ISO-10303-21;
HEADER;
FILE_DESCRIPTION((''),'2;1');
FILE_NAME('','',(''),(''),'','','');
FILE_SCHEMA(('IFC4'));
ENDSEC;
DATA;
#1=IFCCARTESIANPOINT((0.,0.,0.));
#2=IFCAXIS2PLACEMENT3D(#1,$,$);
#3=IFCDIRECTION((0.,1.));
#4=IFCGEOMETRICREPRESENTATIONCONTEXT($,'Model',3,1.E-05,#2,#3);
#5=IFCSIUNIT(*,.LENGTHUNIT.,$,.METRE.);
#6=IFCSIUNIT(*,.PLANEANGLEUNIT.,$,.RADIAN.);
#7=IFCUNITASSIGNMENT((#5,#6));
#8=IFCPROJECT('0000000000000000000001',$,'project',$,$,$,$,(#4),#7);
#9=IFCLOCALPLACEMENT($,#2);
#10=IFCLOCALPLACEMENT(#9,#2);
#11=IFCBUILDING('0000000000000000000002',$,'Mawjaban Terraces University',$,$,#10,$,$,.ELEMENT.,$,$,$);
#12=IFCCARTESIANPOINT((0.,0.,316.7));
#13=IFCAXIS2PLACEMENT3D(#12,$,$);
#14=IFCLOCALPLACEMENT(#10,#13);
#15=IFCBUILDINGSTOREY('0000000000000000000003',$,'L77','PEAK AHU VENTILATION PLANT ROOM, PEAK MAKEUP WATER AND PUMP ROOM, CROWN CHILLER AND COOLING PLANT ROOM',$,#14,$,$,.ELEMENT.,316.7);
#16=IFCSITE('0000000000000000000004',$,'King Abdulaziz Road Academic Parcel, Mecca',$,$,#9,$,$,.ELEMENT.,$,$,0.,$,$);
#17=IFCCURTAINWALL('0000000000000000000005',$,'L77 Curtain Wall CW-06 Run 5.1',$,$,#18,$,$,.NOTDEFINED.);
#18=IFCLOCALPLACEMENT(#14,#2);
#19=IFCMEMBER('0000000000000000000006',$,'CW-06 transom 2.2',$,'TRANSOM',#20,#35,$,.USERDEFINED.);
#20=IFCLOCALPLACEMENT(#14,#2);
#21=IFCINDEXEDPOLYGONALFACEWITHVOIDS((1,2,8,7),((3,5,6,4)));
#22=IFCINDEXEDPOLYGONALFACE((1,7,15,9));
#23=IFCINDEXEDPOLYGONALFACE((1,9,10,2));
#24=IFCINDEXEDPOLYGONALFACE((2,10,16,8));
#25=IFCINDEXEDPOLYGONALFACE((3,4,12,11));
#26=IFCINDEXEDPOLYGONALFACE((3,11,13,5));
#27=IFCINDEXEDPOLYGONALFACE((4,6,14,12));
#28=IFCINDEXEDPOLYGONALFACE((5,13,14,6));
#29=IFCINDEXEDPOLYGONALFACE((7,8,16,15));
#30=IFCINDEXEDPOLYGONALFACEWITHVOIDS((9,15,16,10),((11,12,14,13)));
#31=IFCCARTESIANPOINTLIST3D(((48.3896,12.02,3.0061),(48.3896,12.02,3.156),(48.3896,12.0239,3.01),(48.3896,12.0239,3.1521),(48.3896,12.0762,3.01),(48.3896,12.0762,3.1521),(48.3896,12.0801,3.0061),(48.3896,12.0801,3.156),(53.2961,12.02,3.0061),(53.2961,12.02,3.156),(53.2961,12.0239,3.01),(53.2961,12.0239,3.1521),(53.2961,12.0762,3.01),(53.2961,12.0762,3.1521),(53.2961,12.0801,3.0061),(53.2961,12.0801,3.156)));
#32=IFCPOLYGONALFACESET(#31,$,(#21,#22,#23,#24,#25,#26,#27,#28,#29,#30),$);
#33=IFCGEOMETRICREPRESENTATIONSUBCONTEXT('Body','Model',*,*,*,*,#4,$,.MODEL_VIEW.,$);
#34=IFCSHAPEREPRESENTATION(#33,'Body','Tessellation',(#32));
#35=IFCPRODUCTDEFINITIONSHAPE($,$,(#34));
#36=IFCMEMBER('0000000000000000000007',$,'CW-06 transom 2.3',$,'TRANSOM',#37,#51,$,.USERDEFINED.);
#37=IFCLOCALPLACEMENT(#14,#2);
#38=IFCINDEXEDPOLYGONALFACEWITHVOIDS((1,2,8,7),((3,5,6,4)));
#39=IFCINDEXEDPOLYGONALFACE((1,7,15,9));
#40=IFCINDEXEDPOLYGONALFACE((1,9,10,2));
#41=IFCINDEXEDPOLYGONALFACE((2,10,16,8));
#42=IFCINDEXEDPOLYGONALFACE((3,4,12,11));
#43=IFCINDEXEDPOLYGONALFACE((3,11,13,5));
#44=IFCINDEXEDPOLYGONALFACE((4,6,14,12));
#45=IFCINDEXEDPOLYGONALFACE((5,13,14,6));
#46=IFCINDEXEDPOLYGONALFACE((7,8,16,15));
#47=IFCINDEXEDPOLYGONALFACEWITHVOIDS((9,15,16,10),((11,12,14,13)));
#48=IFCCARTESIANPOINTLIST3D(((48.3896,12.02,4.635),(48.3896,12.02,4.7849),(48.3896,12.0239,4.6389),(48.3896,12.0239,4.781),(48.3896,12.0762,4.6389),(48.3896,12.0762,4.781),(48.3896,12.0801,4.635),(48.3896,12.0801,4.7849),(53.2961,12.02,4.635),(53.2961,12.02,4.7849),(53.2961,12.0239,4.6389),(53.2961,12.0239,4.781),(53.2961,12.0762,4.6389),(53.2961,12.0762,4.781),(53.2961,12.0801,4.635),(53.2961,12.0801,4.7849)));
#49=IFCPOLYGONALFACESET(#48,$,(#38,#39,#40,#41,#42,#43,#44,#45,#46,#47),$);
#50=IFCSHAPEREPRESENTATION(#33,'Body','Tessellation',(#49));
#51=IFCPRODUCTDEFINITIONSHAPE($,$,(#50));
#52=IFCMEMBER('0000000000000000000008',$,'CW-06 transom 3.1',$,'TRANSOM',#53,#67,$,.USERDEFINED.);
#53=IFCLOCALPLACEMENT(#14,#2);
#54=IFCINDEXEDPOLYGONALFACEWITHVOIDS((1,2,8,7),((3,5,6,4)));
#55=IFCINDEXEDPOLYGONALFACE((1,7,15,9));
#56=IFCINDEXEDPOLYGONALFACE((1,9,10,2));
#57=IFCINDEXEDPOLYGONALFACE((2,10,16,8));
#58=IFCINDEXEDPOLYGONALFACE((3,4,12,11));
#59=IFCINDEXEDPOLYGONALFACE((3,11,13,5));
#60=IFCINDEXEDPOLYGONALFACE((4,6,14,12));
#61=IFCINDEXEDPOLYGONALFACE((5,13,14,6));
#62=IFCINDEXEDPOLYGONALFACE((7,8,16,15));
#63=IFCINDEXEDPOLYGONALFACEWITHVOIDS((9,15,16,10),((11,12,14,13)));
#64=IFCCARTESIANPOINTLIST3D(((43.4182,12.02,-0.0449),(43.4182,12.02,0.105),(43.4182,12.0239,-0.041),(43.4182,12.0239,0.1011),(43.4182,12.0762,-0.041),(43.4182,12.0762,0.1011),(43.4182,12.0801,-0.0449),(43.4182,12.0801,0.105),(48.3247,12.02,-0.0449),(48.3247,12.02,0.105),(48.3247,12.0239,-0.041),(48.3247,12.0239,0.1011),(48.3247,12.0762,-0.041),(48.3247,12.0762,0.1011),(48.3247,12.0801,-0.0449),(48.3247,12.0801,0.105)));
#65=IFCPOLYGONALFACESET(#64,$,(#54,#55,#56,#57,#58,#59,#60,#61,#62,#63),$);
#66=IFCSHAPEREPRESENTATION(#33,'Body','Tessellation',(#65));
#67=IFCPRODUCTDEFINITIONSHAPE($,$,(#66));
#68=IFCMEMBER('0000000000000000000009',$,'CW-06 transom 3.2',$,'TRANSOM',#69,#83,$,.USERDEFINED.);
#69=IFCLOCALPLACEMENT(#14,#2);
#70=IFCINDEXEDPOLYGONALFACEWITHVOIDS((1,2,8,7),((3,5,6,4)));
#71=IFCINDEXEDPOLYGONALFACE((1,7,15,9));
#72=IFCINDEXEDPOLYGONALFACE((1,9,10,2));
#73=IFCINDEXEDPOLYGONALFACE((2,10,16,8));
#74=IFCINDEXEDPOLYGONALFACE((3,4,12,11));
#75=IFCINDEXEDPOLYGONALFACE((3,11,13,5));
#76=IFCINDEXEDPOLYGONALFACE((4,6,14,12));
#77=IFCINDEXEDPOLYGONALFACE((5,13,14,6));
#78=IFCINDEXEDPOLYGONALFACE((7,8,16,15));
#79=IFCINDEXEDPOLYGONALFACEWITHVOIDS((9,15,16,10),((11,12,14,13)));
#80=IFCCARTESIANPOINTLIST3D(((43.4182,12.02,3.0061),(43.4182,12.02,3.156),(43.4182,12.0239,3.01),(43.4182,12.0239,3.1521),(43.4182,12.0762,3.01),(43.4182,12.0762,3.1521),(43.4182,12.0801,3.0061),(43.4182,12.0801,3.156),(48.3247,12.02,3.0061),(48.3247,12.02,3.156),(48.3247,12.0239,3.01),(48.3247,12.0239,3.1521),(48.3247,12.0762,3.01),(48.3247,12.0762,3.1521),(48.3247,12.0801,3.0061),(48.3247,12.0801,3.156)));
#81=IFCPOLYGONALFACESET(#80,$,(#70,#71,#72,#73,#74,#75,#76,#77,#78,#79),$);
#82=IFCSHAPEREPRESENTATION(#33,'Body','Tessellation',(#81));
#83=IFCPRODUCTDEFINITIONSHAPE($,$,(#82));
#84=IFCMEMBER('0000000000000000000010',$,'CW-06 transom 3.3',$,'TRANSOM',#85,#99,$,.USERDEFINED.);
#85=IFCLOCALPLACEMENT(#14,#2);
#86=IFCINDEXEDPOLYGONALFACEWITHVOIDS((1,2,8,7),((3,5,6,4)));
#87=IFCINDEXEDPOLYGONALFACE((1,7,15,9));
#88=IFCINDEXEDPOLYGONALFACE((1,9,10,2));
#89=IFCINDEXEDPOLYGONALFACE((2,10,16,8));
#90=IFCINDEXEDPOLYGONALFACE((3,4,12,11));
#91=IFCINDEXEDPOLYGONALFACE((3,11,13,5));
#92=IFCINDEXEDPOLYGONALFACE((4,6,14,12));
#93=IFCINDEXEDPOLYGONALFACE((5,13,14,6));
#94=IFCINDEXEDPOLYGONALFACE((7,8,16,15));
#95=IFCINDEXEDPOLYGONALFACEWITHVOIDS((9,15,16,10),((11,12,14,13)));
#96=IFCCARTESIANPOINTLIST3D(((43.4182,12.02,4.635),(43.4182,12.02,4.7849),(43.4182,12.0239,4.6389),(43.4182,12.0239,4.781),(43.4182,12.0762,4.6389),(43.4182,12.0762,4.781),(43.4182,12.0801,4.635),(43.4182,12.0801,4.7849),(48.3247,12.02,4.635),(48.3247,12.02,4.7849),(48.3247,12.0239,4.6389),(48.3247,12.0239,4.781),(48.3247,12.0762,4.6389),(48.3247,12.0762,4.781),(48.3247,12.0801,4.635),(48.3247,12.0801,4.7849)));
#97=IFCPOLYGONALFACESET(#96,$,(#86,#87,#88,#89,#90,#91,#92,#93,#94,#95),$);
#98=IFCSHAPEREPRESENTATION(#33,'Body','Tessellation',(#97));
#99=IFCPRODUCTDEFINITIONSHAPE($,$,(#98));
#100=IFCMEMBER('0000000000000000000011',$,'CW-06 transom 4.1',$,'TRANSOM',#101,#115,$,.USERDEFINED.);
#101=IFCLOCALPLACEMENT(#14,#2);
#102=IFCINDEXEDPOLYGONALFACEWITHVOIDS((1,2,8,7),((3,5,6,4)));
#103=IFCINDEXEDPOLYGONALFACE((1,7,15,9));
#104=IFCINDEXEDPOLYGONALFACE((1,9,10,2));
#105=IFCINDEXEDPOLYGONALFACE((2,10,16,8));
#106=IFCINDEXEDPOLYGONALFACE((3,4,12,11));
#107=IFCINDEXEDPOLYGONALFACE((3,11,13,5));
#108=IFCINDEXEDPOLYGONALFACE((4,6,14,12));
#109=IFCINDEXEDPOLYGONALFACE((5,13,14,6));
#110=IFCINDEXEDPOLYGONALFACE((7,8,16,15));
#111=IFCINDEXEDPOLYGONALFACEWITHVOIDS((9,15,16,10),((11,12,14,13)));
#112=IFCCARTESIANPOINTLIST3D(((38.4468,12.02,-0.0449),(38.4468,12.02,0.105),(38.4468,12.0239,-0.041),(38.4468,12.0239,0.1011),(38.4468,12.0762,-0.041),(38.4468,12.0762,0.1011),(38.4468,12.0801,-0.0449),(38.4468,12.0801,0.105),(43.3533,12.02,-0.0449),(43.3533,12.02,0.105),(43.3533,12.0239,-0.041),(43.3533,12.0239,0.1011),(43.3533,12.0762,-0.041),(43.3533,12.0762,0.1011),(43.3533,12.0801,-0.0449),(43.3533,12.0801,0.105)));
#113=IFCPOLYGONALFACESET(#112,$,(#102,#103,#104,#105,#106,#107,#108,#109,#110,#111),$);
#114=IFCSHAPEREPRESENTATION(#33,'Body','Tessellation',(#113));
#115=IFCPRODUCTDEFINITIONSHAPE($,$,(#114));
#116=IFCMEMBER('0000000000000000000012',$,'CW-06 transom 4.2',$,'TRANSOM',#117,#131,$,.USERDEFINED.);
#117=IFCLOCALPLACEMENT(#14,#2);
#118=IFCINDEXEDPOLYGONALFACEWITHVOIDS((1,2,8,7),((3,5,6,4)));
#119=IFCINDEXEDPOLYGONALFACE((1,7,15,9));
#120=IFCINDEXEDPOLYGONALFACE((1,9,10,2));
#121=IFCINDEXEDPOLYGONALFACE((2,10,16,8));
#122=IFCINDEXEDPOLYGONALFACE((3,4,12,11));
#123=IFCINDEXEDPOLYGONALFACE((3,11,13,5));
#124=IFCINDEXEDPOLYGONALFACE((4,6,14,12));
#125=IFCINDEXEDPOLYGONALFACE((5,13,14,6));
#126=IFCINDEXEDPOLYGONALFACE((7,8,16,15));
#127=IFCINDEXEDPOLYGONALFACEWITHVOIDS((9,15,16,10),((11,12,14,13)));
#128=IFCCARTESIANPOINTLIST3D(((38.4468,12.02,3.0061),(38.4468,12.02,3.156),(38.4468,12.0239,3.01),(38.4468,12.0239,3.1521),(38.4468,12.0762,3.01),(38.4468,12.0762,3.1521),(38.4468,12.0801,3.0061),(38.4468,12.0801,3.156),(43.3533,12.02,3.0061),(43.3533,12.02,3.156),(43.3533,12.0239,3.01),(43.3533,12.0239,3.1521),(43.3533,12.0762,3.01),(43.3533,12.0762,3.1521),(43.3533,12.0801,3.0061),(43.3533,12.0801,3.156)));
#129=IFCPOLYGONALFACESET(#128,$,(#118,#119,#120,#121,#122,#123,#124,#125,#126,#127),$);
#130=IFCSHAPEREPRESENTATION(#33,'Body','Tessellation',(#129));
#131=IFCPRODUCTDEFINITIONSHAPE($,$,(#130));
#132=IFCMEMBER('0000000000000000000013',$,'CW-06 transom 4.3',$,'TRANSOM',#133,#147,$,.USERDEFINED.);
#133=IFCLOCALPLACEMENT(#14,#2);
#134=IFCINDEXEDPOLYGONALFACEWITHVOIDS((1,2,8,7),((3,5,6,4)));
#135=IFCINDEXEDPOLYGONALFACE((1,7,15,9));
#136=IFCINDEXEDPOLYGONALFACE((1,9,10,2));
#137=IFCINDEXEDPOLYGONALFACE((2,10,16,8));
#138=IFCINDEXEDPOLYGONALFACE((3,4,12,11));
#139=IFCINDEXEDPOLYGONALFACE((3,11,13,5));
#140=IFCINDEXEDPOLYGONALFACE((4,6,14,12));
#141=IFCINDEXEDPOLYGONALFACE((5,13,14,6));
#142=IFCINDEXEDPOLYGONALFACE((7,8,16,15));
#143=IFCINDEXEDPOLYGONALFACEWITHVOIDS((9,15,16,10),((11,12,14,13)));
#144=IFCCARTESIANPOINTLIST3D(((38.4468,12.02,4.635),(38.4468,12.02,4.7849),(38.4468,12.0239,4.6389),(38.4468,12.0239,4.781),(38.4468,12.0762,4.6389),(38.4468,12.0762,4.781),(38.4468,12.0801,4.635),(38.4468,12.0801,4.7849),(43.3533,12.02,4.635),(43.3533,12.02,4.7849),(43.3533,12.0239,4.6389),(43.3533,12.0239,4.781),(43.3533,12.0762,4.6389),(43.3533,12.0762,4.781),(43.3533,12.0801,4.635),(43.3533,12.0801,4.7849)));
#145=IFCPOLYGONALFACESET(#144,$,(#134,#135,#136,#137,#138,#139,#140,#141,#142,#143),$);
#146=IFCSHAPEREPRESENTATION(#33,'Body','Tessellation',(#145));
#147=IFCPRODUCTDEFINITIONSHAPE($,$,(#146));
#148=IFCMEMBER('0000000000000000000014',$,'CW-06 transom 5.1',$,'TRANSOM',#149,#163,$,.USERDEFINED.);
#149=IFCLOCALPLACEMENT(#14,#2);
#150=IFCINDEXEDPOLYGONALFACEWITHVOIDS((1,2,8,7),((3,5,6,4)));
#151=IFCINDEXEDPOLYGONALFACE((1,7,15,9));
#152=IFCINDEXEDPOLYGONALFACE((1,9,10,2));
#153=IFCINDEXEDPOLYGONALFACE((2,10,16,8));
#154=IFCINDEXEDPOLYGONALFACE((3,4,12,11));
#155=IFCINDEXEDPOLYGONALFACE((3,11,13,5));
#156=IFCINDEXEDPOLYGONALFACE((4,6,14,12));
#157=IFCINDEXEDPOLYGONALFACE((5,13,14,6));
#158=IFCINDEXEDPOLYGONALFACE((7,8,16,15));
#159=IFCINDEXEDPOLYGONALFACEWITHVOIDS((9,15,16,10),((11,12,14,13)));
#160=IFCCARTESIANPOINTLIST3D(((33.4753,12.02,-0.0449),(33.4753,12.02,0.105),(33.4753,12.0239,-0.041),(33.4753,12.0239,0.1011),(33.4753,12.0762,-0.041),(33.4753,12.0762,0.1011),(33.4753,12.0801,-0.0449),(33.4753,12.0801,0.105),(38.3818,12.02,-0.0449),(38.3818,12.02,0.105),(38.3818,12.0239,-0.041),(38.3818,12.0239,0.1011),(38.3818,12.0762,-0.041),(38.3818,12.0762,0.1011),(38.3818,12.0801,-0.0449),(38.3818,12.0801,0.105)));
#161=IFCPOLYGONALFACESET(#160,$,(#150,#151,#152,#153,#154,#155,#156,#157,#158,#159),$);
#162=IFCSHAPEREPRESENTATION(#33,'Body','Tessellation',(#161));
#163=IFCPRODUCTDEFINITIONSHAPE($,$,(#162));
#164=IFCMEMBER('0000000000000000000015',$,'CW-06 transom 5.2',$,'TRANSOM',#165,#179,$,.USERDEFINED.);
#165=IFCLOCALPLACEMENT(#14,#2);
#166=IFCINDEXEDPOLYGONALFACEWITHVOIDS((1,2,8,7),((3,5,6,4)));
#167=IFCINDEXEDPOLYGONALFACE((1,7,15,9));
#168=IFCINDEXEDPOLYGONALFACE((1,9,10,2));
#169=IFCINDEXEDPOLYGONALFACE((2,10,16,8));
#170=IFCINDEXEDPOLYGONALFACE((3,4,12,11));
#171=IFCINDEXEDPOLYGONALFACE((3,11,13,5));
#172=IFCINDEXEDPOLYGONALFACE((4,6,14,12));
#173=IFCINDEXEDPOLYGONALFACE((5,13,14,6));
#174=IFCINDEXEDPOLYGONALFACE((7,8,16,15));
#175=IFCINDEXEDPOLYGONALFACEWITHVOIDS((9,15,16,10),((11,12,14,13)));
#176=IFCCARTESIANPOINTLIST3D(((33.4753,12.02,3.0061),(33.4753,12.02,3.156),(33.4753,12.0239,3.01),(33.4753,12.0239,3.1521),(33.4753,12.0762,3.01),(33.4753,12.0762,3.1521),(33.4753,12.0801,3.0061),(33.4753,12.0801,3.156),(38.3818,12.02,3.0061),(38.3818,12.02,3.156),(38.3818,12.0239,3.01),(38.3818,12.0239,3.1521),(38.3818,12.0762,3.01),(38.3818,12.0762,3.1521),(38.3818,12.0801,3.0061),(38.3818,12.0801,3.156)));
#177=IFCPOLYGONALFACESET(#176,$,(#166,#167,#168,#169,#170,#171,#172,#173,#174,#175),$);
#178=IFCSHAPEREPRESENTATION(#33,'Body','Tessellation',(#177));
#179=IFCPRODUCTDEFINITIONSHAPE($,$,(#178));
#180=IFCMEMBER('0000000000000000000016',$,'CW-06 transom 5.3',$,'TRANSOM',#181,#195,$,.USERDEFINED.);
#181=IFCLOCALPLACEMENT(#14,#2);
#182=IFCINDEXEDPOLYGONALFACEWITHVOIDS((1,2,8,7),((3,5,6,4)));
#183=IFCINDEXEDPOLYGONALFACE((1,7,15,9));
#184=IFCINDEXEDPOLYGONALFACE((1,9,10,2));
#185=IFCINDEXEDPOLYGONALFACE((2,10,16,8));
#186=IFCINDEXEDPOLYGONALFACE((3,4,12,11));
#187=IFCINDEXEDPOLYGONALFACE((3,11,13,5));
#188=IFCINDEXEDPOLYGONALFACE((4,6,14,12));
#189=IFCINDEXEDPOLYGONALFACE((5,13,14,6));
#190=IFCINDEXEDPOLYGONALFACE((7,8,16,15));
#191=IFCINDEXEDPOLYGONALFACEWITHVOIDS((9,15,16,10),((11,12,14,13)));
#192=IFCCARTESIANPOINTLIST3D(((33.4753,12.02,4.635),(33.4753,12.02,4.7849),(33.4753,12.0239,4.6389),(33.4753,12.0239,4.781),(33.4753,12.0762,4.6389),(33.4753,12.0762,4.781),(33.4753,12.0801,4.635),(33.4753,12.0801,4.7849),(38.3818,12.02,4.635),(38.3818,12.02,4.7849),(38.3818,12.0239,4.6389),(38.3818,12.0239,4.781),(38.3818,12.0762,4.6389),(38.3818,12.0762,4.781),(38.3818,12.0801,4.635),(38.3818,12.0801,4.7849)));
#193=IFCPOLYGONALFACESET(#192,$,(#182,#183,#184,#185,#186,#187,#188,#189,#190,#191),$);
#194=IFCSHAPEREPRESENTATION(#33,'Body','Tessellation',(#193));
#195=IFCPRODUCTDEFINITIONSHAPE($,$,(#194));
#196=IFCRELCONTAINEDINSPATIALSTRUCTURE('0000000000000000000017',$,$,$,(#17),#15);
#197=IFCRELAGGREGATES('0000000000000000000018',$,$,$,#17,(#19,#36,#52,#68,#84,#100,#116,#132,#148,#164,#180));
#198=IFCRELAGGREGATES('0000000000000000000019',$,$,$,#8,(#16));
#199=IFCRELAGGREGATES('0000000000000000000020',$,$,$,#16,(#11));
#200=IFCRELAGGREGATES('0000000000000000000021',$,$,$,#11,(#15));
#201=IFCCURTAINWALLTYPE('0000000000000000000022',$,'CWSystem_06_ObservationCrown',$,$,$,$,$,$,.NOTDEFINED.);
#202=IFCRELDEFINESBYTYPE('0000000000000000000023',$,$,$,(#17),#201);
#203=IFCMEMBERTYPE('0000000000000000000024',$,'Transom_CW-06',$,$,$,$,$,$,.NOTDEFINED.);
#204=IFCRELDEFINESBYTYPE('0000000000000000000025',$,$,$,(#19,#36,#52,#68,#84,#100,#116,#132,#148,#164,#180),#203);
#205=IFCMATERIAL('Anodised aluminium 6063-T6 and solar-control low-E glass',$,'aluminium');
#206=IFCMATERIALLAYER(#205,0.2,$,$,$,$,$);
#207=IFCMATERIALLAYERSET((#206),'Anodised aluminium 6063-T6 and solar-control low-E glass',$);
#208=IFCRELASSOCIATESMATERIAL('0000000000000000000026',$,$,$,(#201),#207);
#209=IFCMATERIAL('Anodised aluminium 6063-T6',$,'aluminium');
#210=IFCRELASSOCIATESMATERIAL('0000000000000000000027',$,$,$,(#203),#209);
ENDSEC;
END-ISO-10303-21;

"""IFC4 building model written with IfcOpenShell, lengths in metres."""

from ifc_helpers import new_model, si_unit, direction, frame, origin, origin_2d, place, context, subcontext, project, spatial, hollow_rectangle, extrude, material, layer, layer_set, material_profile, profile_set, type_object, element, aggregate, save


model = new_model("IFC4")

# Units and contexts
model_context = context("Model", 3, precision=1e-05, world=origin(), true_north=direction((0.0, 1.0)))
body_context = subcontext(model_context, "Body", "Model", "MODEL_VIEW")
ifc_project = project(units=[si_unit("LENGTHUNIT", "METRE"), si_unit("PLANEANGLEUNIT", "RADIAN")], contexts=[model_context])

# Site, building, storey
site_placement = place(None, origin())
site = spatial("IfcSite", under=ifc_project, at=site_placement, Name="King Abdulaziz Road Academic Parcel, Mecca", CompositionType="ELEMENT", RefElevation=0.0)
building_placement = place(site_placement, origin())
building = spatial("IfcBuilding", under=site, at=building_placement, Name="Mawjaban Terraces University", CompositionType="ELEMENT")
storey_placement = place(building_placement, frame((0.0, 0.0, 316.7)))
storey = spatial("IfcBuildingStorey", under=building, at=storey_placement, Name="L77", Description="PEAK AHU VENTILATION PLANT ROOM, PEAK MAKEUP WATER AND PUMP ROOM, CROWN CHILLER AND COOLING PLANT ROOM", CompositionType="ELEMENT", Elevation=316.7)

# Curtain wall
ifc_material_1 = material(Name="Anodised aluminium 6063-T6 and solar-control low-E glass", Category="aluminium")
ifc_layer_1 = layer(ifc_material_1, 0.2)
ifc_layer_set_1 = layer_set([ifc_layer_1], Name="Anodised aluminium 6063-T6 and solar-control low-E glass")
curtain_wall_type = type_object("IfcCurtainWallType", Name="CWSystem_06_ObservationCrown", PredefinedType="NOTDEFINED", material=ifc_layer_set_1)
curtain_wall_1_placement = place(storey_placement, origin())
curtain_wall_1 = element("IfcCurtainWall", 1, at=curtain_wall_1_placement, inside=storey, type_object=curtain_wall_type, Name="L77 Curtain Wall CW-06 Run 5.1", PredefinedType="NOTDEFINED")
ifc_material_2 = material(Name="Anodised aluminium 6063-T6", Category="aluminium")

# Members
ifc_material_profile_1 = material_profile(ifc_material_2, hollow_rectangle(XDim=0.0601, YDim=0.1499, WallThickness=0.0039, at=origin_2d()), Name="ALU150X60X4")
ifc_profile_set_1 = profile_set([ifc_material_profile_1], Name="Anodised aluminium 6063-T6")
member_type_1 = type_object("IfcMemberType", Name="Transom_CW-06", PredefinedType="NOTDEFINED", material=ifc_profile_set_1)
member_1_placement = place(storey_placement, frame((53.2961, 12.05, 3.0811), z_axis=(-1.0, 0.0, 0.0), x_axis=(0.0, -1.0, 0.0)))
member_1 = element("IfcMember", 2, at=member_1_placement, type_object=member_type_1, Name="CW-06 transom 2.2", ObjectType="TRANSOM", PredefinedType="USERDEFINED", context=body_context, shape_type="SweptSolid", body=[
    extrude(hollow_rectangle(XDim=0.0601, YDim=0.1499, WallThickness=0.0039, at=origin_2d()), origin(), (0.0, 0.0, 1.0), 4.9065),
])
member_2_placement = place(storey_placement, frame((53.2961, 12.05, 4.71), z_axis=(-1.0, 0.0, 0.0), x_axis=(0.0, -1.0, 0.0)))
member_2 = element("IfcMember", 3, at=member_2_placement, type_object=member_type_1, Name="CW-06 transom 2.3", ObjectType="TRANSOM", PredefinedType="USERDEFINED", context=body_context, shape_type="SweptSolid", body=[
    extrude(hollow_rectangle(XDim=0.0601, YDim=0.1499, WallThickness=0.0039, at=origin_2d()), origin(), (0.0, 0.0, 1.0), 4.9065),
])
member_3_placement = place(storey_placement, frame((48.3247, 12.05, 0.03), z_axis=(-1.0, 0.0, 0.0), x_axis=(0.0, -1.0, 0.0)))
member_3 = element("IfcMember", 4, at=member_3_placement, type_object=member_type_1, Name="CW-06 transom 3.1", ObjectType="TRANSOM", PredefinedType="USERDEFINED", context=body_context, shape_type="SweptSolid", body=[
    extrude(hollow_rectangle(XDim=0.0601, YDim=0.1499, WallThickness=0.0039, at=origin_2d()), origin(), (0.0, 0.0, 1.0), 4.9065),
])
member_4_placement = place(storey_placement, frame((48.3247, 12.05, 3.0811), z_axis=(-1.0, 0.0, 0.0), x_axis=(0.0, -1.0, 0.0)))
member_4 = element("IfcMember", 5, at=member_4_placement, type_object=member_type_1, Name="CW-06 transom 3.2", ObjectType="TRANSOM", PredefinedType="USERDEFINED", context=body_context, shape_type="SweptSolid", body=[
    extrude(hollow_rectangle(XDim=0.0601, YDim=0.1499, WallThickness=0.0039, at=origin_2d()), origin(), (0.0, 0.0, 1.0), 4.9065),
])
member_5_placement = place(storey_placement, frame((48.3247, 12.05, 4.71), z_axis=(-1.0, 0.0, 0.0), x_axis=(0.0, -1.0, 0.0)))
member_5 = element("IfcMember", 6, at=member_5_placement, type_object=member_type_1, Name="CW-06 transom 3.3", ObjectType="TRANSOM", PredefinedType="USERDEFINED", context=body_context, shape_type="SweptSolid", body=[
    extrude(hollow_rectangle(XDim=0.0601, YDim=0.1499, WallThickness=0.0039, at=origin_2d()), origin(), (0.0, 0.0, 1.0), 4.9065),
])
member_6_placement = place(storey_placement, frame((43.3533, 12.05, 0.03), z_axis=(-1.0, 0.0, 0.0), x_axis=(0.0, -1.0, 0.0)))
member_6 = element("IfcMember", 7, at=member_6_placement, type_object=member_type_1, Name="CW-06 transom 4.1", ObjectType="TRANSOM", PredefinedType="USERDEFINED", context=body_context, shape_type="SweptSolid", body=[
    extrude(hollow_rectangle(XDim=0.0601, YDim=0.1499, WallThickness=0.0039, at=origin_2d()), origin(), (0.0, 0.0, 1.0), 4.9065),
])
member_7_placement = place(storey_placement, frame((43.3533, 12.05, 3.0811), z_axis=(-1.0, 0.0, 0.0), x_axis=(0.0, -1.0, 0.0)))
member_7 = element("IfcMember", 8, at=member_7_placement, type_object=member_type_1, Name="CW-06 transom 4.2", ObjectType="TRANSOM", PredefinedType="USERDEFINED", context=body_context, shape_type="SweptSolid", body=[
    extrude(hollow_rectangle(XDim=0.0601, YDim=0.1499, WallThickness=0.0039, at=origin_2d()), origin(), (0.0, 0.0, 1.0), 4.9065),
])
member_8_placement = place(storey_placement, frame((43.3533, 12.05, 4.71), z_axis=(-1.0, 0.0, 0.0), x_axis=(0.0, -1.0, 0.0)))
member_8 = element("IfcMember", 9, at=member_8_placement, type_object=member_type_1, Name="CW-06 transom 4.3", ObjectType="TRANSOM", PredefinedType="USERDEFINED", context=body_context, shape_type="SweptSolid", body=[
    extrude(hollow_rectangle(XDim=0.0601, YDim=0.1499, WallThickness=0.0039, at=origin_2d()), origin(), (0.0, 0.0, 1.0), 4.9065),
])
member_9_placement = place(storey_placement, frame((38.3818, 12.05, 0.03), z_axis=(-1.0, 0.0, 0.0), x_axis=(0.0, -1.0, 0.0)))
member_9 = element("IfcMember", 10, at=member_9_placement, type_object=member_type_1, Name="CW-06 transom 5.1", ObjectType="TRANSOM", PredefinedType="USERDEFINED", context=body_context, shape_type="SweptSolid", body=[
    extrude(hollow_rectangle(XDim=0.0601, YDim=0.1499, WallThickness=0.0039, at=origin_2d()), origin(), (0.0, 0.0, 1.0), 4.9065),
])
member_10_placement = place(storey_placement, frame((38.3818, 12.05, 3.0811), z_axis=(-1.0, 0.0, 0.0), x_axis=(0.0, -1.0, 0.0)))
member_10 = element("IfcMember", 11, at=member_10_placement, type_object=member_type_1, Name="CW-06 transom 5.2", ObjectType="TRANSOM", PredefinedType="USERDEFINED", context=body_context, shape_type="SweptSolid", body=[
    extrude(hollow_rectangle(XDim=0.0601, YDim=0.1499, WallThickness=0.0039, at=origin_2d()), origin(), (0.0, 0.0, 1.0), 4.9065),
])
member_11_placement = place(storey_placement, frame((38.3818, 12.05, 4.71), z_axis=(-1.0, 0.0, 0.0), x_axis=(0.0, -1.0, 0.0)))
member_11 = element("IfcMember", 12, at=member_11_placement, type_object=member_type_1, Name="CW-06 transom 5.3", ObjectType="TRANSOM", PredefinedType="USERDEFINED", context=body_context, shape_type="SweptSolid", body=[
    extrude(hollow_rectangle(XDim=0.0601, YDim=0.1499, WallThickness=0.0039, at=origin_2d()), origin(), (0.0, 0.0, 1.0), 4.9065),
])

aggregate(curtain_wall_1, [member_1, member_2, member_3, member_4, member_5, member_6, member_7, member_8, member_9, member_10, member_11])

save(model, "model.ifc")
